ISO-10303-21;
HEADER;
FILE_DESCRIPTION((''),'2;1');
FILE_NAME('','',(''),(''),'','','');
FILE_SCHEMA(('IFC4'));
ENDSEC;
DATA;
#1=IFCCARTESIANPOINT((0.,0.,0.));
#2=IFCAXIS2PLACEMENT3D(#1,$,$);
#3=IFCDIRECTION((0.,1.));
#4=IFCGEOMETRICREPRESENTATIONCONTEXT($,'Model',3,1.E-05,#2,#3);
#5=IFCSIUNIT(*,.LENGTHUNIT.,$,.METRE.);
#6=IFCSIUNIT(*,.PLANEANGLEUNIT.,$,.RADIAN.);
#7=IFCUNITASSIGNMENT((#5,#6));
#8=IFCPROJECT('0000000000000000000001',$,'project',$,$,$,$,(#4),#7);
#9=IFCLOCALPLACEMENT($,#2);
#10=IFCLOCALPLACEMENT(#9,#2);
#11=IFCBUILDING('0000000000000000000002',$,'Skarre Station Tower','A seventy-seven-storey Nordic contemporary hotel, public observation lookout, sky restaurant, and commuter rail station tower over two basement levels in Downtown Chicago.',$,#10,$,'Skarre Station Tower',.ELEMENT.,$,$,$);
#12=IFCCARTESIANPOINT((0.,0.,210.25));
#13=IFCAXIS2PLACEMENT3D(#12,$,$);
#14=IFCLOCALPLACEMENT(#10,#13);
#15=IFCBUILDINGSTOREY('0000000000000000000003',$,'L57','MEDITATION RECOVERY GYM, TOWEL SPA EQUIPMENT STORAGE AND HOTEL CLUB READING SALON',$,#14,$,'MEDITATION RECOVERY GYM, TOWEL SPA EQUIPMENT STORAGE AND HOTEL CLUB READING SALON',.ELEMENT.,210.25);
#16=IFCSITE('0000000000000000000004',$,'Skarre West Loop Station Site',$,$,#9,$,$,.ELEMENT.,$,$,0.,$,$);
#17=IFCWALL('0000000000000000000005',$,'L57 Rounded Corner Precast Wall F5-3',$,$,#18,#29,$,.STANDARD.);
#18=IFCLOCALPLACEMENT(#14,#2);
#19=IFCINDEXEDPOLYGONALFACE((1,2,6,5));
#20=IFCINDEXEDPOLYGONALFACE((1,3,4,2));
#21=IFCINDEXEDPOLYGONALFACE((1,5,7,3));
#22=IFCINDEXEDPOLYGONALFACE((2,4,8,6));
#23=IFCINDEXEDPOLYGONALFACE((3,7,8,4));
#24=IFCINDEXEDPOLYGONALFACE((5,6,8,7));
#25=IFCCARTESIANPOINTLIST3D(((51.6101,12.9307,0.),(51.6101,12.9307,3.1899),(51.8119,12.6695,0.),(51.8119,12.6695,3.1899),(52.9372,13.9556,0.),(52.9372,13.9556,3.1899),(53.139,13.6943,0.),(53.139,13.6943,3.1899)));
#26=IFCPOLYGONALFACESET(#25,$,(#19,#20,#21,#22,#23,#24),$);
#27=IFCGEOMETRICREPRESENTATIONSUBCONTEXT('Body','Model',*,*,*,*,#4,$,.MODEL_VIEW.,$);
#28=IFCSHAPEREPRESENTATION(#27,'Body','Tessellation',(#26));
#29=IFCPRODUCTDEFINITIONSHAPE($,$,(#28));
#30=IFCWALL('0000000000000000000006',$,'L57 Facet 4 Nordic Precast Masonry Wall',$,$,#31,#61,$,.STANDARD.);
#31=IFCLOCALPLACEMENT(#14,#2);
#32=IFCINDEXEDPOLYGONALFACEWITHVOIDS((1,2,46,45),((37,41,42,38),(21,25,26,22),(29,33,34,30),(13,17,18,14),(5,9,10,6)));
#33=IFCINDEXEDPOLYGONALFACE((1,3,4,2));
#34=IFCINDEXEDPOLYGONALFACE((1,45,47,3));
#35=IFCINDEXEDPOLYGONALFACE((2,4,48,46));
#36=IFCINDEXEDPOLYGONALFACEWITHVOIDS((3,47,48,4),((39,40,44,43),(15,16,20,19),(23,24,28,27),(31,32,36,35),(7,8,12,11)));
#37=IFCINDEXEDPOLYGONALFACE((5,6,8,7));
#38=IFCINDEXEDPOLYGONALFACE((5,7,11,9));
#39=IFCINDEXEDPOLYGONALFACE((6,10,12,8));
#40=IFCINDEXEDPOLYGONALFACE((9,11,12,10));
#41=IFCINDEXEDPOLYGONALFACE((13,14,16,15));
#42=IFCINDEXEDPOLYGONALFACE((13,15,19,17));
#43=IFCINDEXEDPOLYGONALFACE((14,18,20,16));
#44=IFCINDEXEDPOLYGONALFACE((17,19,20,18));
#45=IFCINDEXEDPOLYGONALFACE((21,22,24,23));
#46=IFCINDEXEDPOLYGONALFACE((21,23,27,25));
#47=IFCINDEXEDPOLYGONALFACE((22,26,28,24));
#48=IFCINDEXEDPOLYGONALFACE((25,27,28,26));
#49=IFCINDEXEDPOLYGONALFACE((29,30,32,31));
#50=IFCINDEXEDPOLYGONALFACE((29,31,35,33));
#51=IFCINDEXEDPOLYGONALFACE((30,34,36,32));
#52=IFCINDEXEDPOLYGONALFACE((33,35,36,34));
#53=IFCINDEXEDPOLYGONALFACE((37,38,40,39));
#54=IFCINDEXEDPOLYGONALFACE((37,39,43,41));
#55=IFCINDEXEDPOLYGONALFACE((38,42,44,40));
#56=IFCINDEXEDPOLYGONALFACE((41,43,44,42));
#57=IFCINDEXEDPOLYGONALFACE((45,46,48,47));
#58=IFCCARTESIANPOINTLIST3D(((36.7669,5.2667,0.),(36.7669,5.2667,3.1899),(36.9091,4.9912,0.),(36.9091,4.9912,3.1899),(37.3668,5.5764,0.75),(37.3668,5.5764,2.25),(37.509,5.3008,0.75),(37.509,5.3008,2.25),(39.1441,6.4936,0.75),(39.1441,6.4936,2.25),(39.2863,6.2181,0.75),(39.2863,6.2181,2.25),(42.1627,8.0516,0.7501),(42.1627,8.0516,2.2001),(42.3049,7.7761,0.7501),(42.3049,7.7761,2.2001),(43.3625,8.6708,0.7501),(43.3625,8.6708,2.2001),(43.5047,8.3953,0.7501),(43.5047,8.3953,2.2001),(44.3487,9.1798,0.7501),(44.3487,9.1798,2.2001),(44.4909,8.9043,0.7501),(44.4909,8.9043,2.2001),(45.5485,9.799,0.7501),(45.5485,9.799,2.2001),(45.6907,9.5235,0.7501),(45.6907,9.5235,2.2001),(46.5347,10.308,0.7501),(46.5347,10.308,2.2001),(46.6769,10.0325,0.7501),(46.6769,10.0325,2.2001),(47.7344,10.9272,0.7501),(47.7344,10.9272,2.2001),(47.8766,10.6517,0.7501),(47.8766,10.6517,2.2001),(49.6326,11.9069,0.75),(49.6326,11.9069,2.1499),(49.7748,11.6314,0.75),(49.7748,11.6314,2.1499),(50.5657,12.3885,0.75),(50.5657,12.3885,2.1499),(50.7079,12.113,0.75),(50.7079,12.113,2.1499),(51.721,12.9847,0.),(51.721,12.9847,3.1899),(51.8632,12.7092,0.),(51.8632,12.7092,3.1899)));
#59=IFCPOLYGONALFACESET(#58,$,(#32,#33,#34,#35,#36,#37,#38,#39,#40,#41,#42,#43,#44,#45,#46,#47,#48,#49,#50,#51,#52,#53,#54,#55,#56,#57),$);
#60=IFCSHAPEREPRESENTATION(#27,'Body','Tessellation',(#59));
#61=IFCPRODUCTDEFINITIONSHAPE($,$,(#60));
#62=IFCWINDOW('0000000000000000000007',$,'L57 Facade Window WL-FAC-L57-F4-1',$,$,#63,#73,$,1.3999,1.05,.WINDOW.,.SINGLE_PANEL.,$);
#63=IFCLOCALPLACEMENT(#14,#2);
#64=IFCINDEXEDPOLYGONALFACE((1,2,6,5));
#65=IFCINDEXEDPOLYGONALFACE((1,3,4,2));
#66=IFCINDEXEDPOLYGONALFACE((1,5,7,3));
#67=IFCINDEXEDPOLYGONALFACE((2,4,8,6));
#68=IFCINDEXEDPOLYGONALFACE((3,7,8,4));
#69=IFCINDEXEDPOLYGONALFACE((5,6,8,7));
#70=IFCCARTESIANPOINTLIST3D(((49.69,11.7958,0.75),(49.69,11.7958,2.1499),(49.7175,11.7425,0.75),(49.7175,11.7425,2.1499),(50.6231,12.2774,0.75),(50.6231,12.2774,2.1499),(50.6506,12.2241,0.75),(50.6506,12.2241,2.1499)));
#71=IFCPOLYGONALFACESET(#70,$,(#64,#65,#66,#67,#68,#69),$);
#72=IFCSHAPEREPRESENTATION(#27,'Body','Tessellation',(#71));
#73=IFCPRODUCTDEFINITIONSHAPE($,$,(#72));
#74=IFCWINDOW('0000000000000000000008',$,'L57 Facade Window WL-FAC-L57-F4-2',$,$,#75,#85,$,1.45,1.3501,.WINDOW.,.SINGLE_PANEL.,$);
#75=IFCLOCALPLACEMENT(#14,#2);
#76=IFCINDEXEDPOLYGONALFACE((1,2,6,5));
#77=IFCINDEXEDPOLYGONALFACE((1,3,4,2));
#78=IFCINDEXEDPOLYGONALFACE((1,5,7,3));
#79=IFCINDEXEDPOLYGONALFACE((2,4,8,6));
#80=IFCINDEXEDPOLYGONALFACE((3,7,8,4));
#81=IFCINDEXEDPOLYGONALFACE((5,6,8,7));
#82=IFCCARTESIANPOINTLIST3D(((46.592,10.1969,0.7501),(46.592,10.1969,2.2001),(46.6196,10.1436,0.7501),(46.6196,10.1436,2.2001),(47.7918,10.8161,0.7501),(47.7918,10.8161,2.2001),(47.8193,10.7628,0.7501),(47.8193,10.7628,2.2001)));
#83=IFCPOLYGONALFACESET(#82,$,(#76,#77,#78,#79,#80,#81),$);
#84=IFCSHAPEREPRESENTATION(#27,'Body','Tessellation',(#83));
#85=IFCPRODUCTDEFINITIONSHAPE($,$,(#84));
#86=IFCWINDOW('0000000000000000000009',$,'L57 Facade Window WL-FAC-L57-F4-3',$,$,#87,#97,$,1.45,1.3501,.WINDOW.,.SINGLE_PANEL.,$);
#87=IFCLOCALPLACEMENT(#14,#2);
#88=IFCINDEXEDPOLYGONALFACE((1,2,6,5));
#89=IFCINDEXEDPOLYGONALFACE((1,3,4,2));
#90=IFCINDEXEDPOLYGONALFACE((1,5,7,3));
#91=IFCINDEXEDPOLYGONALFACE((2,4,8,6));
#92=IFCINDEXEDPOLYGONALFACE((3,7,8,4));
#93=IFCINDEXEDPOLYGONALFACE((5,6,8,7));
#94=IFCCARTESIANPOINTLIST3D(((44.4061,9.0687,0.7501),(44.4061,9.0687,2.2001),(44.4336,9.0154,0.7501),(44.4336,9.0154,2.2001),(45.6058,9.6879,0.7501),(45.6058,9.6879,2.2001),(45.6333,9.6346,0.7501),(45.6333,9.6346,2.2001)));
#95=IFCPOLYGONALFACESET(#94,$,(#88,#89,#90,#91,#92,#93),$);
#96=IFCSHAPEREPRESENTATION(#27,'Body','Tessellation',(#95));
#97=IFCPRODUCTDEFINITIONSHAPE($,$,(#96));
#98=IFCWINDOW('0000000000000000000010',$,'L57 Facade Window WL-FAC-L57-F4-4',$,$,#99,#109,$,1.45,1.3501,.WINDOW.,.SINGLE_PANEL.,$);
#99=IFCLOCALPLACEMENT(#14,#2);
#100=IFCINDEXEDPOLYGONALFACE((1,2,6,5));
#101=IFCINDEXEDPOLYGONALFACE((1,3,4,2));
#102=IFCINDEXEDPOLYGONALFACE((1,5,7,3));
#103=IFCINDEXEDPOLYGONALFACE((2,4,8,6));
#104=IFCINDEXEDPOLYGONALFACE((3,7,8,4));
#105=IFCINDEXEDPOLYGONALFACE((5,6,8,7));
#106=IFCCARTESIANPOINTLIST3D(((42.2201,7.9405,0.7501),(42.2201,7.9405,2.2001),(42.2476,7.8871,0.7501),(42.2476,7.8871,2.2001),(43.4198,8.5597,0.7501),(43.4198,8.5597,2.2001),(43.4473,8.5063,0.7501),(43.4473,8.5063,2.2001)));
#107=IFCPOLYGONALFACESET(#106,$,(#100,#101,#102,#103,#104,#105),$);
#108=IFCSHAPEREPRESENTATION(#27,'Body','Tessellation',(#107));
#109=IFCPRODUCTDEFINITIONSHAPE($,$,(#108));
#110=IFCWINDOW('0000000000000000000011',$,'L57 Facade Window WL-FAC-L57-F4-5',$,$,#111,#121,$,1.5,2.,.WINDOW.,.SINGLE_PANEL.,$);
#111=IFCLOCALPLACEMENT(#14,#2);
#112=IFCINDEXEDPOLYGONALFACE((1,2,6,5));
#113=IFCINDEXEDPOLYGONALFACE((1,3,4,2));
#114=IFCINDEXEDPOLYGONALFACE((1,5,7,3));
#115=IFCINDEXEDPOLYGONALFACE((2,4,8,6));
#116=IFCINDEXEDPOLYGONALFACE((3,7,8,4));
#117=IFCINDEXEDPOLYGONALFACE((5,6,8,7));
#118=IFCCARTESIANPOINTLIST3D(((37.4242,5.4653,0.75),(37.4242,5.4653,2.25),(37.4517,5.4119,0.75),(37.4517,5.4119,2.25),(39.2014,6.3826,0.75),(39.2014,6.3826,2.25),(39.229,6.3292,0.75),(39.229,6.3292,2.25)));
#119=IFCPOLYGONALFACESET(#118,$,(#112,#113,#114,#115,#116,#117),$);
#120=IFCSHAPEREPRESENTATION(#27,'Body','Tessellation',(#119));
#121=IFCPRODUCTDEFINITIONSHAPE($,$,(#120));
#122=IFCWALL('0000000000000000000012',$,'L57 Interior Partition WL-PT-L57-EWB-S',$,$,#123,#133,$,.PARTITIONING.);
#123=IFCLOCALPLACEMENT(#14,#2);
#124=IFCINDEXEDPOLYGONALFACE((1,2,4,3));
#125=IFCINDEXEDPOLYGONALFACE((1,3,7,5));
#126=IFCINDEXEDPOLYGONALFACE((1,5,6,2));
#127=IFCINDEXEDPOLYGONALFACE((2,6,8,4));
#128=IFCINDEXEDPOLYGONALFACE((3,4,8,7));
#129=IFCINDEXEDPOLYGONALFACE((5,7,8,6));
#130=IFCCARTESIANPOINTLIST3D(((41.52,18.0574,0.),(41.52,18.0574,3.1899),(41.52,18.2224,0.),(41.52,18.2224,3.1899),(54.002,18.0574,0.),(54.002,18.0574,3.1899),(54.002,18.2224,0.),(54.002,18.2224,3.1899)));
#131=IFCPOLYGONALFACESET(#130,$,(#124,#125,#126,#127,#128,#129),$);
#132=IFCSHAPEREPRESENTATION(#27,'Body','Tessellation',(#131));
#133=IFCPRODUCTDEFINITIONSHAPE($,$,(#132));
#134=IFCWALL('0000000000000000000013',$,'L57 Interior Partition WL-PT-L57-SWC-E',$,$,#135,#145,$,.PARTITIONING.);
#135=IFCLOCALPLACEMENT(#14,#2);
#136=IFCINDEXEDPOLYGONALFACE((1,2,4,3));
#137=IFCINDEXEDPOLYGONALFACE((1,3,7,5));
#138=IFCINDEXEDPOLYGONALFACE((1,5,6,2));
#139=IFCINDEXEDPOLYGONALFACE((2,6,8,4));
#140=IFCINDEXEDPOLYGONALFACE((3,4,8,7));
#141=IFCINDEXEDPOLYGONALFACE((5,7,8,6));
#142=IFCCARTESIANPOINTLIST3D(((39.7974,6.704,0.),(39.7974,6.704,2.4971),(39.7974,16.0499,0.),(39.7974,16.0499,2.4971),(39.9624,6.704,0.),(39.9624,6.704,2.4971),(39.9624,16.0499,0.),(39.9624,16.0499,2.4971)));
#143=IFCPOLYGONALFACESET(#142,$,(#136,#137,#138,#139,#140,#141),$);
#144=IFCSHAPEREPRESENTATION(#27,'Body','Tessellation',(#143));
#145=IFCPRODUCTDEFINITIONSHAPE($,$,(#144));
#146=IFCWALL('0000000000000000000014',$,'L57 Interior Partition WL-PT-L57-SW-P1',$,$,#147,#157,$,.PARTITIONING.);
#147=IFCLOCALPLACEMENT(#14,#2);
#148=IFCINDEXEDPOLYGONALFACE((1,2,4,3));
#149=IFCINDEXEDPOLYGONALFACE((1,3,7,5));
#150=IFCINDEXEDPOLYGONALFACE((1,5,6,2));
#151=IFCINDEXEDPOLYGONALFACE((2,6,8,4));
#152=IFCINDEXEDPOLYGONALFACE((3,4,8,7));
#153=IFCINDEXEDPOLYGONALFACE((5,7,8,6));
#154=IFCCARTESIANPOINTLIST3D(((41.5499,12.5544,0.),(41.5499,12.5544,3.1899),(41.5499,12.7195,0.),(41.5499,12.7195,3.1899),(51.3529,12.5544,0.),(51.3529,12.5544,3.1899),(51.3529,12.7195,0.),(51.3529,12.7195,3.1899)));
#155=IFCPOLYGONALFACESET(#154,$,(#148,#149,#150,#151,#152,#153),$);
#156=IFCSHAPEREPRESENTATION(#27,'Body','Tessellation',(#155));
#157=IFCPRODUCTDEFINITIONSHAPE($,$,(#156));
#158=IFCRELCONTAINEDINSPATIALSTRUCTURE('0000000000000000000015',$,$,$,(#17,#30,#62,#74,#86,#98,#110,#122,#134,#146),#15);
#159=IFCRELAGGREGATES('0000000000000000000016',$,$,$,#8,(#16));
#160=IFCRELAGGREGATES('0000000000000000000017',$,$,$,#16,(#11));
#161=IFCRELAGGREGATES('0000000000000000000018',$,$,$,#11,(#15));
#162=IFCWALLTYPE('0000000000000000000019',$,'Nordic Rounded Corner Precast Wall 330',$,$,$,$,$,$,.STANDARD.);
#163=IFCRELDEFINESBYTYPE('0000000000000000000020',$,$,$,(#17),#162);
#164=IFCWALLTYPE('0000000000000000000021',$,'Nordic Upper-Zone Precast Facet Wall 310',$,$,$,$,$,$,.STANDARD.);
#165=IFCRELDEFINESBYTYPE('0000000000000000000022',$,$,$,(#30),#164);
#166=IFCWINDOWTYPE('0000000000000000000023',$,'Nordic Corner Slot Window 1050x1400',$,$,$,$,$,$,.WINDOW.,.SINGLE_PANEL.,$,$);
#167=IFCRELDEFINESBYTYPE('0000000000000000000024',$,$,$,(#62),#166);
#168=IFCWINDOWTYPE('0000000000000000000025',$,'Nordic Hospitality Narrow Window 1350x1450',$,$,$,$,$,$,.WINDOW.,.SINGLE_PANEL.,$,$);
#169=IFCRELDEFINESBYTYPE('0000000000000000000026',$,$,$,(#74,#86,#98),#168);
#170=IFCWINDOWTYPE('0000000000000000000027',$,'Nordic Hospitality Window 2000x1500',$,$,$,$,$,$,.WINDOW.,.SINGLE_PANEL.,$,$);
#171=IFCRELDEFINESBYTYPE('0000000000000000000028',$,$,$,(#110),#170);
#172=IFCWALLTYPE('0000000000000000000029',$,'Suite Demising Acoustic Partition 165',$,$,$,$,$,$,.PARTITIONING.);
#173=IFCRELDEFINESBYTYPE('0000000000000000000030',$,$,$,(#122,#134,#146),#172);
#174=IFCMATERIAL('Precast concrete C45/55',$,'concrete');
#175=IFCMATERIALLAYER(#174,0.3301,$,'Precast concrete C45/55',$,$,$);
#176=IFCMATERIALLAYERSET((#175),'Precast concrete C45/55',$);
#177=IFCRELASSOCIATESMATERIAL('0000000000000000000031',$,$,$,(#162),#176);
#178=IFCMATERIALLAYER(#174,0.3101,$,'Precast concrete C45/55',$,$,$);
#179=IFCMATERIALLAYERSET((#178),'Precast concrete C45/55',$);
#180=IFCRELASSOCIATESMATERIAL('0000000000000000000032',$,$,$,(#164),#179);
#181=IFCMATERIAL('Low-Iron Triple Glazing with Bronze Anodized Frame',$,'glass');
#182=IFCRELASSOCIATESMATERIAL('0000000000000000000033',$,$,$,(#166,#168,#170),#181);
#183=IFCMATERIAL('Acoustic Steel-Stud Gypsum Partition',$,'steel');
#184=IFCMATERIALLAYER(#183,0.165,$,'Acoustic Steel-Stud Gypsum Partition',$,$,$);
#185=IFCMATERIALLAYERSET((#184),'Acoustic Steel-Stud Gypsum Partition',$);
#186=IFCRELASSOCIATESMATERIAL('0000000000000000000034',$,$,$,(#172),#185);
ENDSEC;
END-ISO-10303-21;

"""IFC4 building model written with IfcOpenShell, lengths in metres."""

from ifc_helpers import new_model, si_unit, direction, frame, frame_2d, origin, place, context, subcontext, project, spatial, rectangle, extrude, material, layer, layer_set, type_object, element, fill, save


model = new_model("IFC4")

# Units and contexts
model_context = context("Model", 3, precision=1e-05, world=origin(), true_north=direction((0.0, 1.0)))
body_context = subcontext(model_context, "Body", "Model", "MODEL_VIEW")
ifc_project = project(units=[si_unit("LENGTHUNIT", "METRE"), si_unit("PLANEANGLEUNIT", "RADIAN")], contexts=[model_context])

# Site, building, storey
site_placement = place(None, origin())
site = spatial("IfcSite", under=ifc_project, at=site_placement, Name="Skarre West Loop Station Site", CompositionType="ELEMENT", RefElevation=0.0)
building_placement = place(site_placement, origin())
building = spatial("IfcBuilding", under=site, at=building_placement, Name="Skarre Station Tower", Description="A seventy-seven-storey Nordic contemporary hotel, public observation lookout, sky restaurant, and commuter rail station tower over two basement levels in Downtown Chicago.", LongName="Skarre Station Tower", CompositionType="ELEMENT")
storey_placement = place(building_placement, frame((0.0, 0.0, 210.25)))
storey = spatial("IfcBuildingStorey", under=building, at=storey_placement, Name="L57", Description="MEDITATION RECOVERY GYM, TOWEL SPA EQUIPMENT STORAGE AND HOTEL CLUB READING SALON", LongName="MEDITATION RECOVERY GYM, TOWEL SPA EQUIPMENT STORAGE AND HOTEL CLUB READING SALON", CompositionType="ELEMENT", Elevation=210.25)

# Shared definitions
ifc_material_1 = material(Name="Acoustic Steel-Stud Gypsum Partition", Category="steel")

# Wall
ifc_material_2 = material(Name="Precast concrete C45/55", Category="concrete")
ifc_layer_1 = layer(ifc_material_2, 0.3301, Name="Precast concrete C45/55")
ifc_layer_set_1 = layer_set([ifc_layer_1], Name="Precast concrete C45/55")
wall_type_1 = type_object("IfcWallType", Name="Nordic Rounded Corner Precast Wall 330", PredefinedType="STANDARD", material=ifc_layer_set_1)
wall_1_placement = place(storey_placement, frame((53.0381, 13.825, 0.0), z_axis=(0.0, 0.0, 1.0), x_axis=(-0.791464, -0.611215, 0.0)))
element("IfcWall", 1, at=wall_1_placement, inside=storey, type_object=wall_type_1, Name="L57 Rounded Corner Precast Wall F5-3", PredefinedType="STANDARD", context=body_context, shape_type="SweptSolid", body=[
    extrude(rectangle(XDim=1.6768, YDim=0.3301, at=frame_2d((0.8384, 0.0))), origin(), (0.0, 0.0, 1.0), 3.1899),
])

# Wall, openings, windows
ifc_layer_2 = layer(ifc_material_2, 0.3101, Name="Precast concrete C45/55")
ifc_layer_set_2 = layer_set([ifc_layer_2], Name="Precast concrete C45/55")
wall_type_2 = type_object("IfcWallType", Name="Nordic Upper-Zone Precast Facet Wall 310", PredefinedType="STANDARD", material=ifc_layer_set_2)
wall_2_placement = place(storey_placement, frame((51.792, 12.8469, 0.0), z_axis=(0.0, 0.0, 1.0), x_axis=(-0.888626, -0.458632, 0.0)))
wall_2 = element("IfcWall", 2, at=wall_2_placement, inside=storey, type_object=wall_type_2, Name="L57 Facet 4 Nordic Precast Masonry Wall", PredefinedType="STANDARD", context=body_context, shape_type="SweptSolid", body=[
    extrude(rectangle(XDim=16.8284, YDim=0.3101, at=frame_2d((8.4141, 0.0))), origin(), (0.0, 0.0, 1.0), 3.1899),
])
opening_1_placement = place(wall_2_placement, frame((1.3, 0.0, 0.75)))
opening_1 = element("IfcOpeningElement", 3, at=opening_1_placement, cuts=wall_2, PredefinedType="OPENING", context=body_context, shape_type="SweptSolid", body=[
    extrude(rectangle(XDim=1.05, YDim=1.3999, at=frame_2d((0.5249, 0.7))), frame((0.0, 0.165, 0.0), z_axis=(0.0, -1.0, 0.0), x_axis=(1.0, 0.0, 0.0)), (0.0, 0.0, 1.0), 0.3301),
])
opening_2_placement = place(wall_2_placement, frame((4.4861, 0.0, 0.75)))
opening_2 = element("IfcOpeningElement", 4, at=opening_2_placement, cuts=wall_2, PredefinedType="OPENING", context=body_context, shape_type="SweptSolid", body=[
    extrude(rectangle(XDim=1.3501, YDim=1.45, at=frame_2d((0.675, 0.7251))), frame((0.0, 0.165, 0.0), z_axis=(0.0, -1.0, 0.0), x_axis=(1.0, 0.0, 0.0)), (0.0, 0.0, 1.0), 0.3301),
])
opening_3_placement = place(wall_2_placement, frame((6.946, 0.0, 0.75)))
opening_3 = element("IfcOpeningElement", 5, at=opening_3_placement, cuts=wall_2, PredefinedType="OPENING", context=body_context, shape_type="SweptSolid", body=[
    extrude(rectangle(XDim=1.3501, YDim=1.45, at=frame_2d((0.675, 0.7251))), frame((0.0, 0.165, 0.0), z_axis=(0.0, -1.0, 0.0), x_axis=(1.0, 0.0, 0.0)), (0.0, 0.0, 1.0), 0.3301),
])
opening_4_placement = place(wall_2_placement, frame((9.406, 0.0, 0.75)))
opening_4 = element("IfcOpeningElement", 6, at=opening_4_placement, cuts=wall_2, PredefinedType="OPENING", context=body_context, shape_type="SweptSolid", body=[
    extrude(rectangle(XDim=1.3501, YDim=1.45, at=frame_2d((0.675, 0.7251))), frame((0.0, 0.165, 0.0), z_axis=(0.0, -1.0, 0.0), x_axis=(1.0, 0.0, 0.0)), (0.0, 0.0, 1.0), 0.3301),
])
opening_5_placement = place(wall_2_placement, frame((14.1531, 0.0, 0.75)))
opening_5 = element("IfcOpeningElement", 7, at=opening_5_placement, cuts=wall_2, PredefinedType="OPENING", context=body_context, shape_type="SweptSolid", body=[
    extrude(rectangle(XDim=2.0, YDim=1.5, at=frame_2d((1.0, 0.75))), frame((0.0, 0.165, 0.0), z_axis=(0.0, -1.0, 0.0), x_axis=(1.0, 0.0, 0.0)), (0.0, 0.0, 1.0), 0.3301),
])
ifc_material_3 = material(Name="Low-Iron Triple Glazing with Bronze Anodized Frame", Category="glass")
window_type_1 = type_object("IfcWindowType", Name="Nordic Corner Slot Window 1050x1400", PartitioningType="SINGLE_PANEL", PredefinedType="WINDOW", material=ifc_material_3)
window_1_placement = place(opening_1_placement, origin())
window_1 = element("IfcWindow", 8, at=window_1_placement, inside=storey, type_object=window_type_1, Name="L57 Facade Window WL-FAC-L57-F4-1", OverallHeight=1.3999, OverallWidth=1.05, PartitioningType="SINGLE_PANEL", PredefinedType="WINDOW", context=body_context, shape_type="SweptSolid", body=[
    extrude(rectangle(XDim=1.05, YDim=1.3999, at=frame_2d((0.5249, 0.7))), frame((0.0, 0.03, 0.0), z_axis=(0.0, -1.0, 0.0), x_axis=(1.0, 0.0, 0.0)), (0.0, 0.0, 1.0), 0.0601),
])
fill(opening_1, window_1)
window_type_2 = type_object("IfcWindowType", Name="Nordic Hospitality Narrow Window 1350x1450", PartitioningType="SINGLE_PANEL", PredefinedType="WINDOW", material=ifc_material_3)
window_2_placement = place(opening_2_placement, origin())
window_2 = element("IfcWindow", 9, at=window_2_placement, inside=storey, type_object=window_type_2, Name="L57 Facade Window WL-FAC-L57-F4-2", OverallHeight=1.45, OverallWidth=1.3501, PartitioningType="SINGLE_PANEL", PredefinedType="WINDOW", context=body_context, shape_type="SweptSolid", body=[
    extrude(rectangle(XDim=1.3501, YDim=1.45, at=frame_2d((0.675, 0.7251))), frame((0.0, 0.03, 0.0), z_axis=(0.0, -1.0, 0.0), x_axis=(1.0, 0.0, 0.0)), (0.0, 0.0, 1.0), 0.0601),
])
fill(opening_2, window_2)
window_3_placement = place(opening_3_placement, origin())
window_3 = element("IfcWindow", 10, at=window_3_placement, inside=storey, type_object=window_type_2, Name="L57 Facade Window WL-FAC-L57-F4-3", OverallHeight=1.45, OverallWidth=1.3501, PartitioningType="SINGLE_PANEL", PredefinedType="WINDOW", context=body_context, shape_type="SweptSolid", body=[
    extrude(rectangle(XDim=1.3501, YDim=1.45, at=frame_2d((0.675, 0.7251))), frame((0.0, 0.03, 0.0), z_axis=(0.0, -1.0, 0.0), x_axis=(1.0, 0.0, 0.0)), (0.0, 0.0, 1.0), 0.0601),
])
fill(opening_3, window_3)
window_4_placement = place(opening_4_placement, origin())
window_4 = element("IfcWindow", 11, at=window_4_placement, inside=storey, type_object=window_type_2, Name="L57 Facade Window WL-FAC-L57-F4-4", OverallHeight=1.45, OverallWidth=1.3501, PartitioningType="SINGLE_PANEL", PredefinedType="WINDOW", context=body_context, shape_type="SweptSolid", body=[
    extrude(rectangle(XDim=1.3501, YDim=1.45, at=frame_2d((0.675, 0.7251))), frame((0.0, 0.03, 0.0), z_axis=(0.0, -1.0, 0.0), x_axis=(1.0, 0.0, 0.0)), (0.0, 0.0, 1.0), 0.0601),
])
fill(opening_4, window_4)
window_type_3 = type_object("IfcWindowType", Name="Nordic Hospitality Window 2000x1500", PartitioningType="SINGLE_PANEL", PredefinedType="WINDOW", material=ifc_material_3)
window_5_placement = place(opening_5_placement, origin())
window_5 = element("IfcWindow", 12, at=window_5_placement, inside=storey, type_object=window_type_3, Name="L57 Facade Window WL-FAC-L57-F4-5", OverallHeight=1.5, OverallWidth=2.0, PartitioningType="SINGLE_PANEL", PredefinedType="WINDOW", context=body_context, shape_type="SweptSolid", body=[
    extrude(rectangle(XDim=2.0, YDim=1.5, at=frame_2d((1.0, 0.75))), frame((0.0, 0.03, 0.0), z_axis=(0.0, -1.0, 0.0), x_axis=(1.0, 0.0, 0.0)), (0.0, 0.0, 1.0), 0.0601),
])
fill(opening_5, window_5)

# Walls
ifc_layer_3 = layer(ifc_material_1, 0.165, Name="Acoustic Steel-Stud Gypsum Partition")
ifc_layer_set_3 = layer_set([ifc_layer_3], Name="Acoustic Steel-Stud Gypsum Partition")
wall_type_3 = type_object("IfcWallType", Name="Suite Demising Acoustic Partition 165", PredefinedType="PARTITIONING", material=ifc_layer_set_3)
wall_3_placement = place(storey_placement, frame((41.52, 18.1399, 0.0), z_axis=(0.0, 0.0, 1.0), x_axis=(1.0, 0.0, 0.0)))
element("IfcWall", 13, at=wall_3_placement, inside=storey, type_object=wall_type_3, Name="L57 Interior Partition WL-PT-L57-EWB-S", PredefinedType="PARTITIONING", context=body_context, shape_type="SweptSolid", body=[
    extrude(rectangle(XDim=12.4819, YDim=0.165, at=frame_2d((6.241, 0.0))), origin(), (0.0, 0.0, 1.0), 3.1899),
])
wall_4_placement = place(storey_placement, frame((39.8799, 6.7041, 0.0), z_axis=(0.0, 0.0, 1.0), x_axis=(0.0, 1.0, 0.0)))
element("IfcWall", 14, at=wall_4_placement, inside=storey, type_object=wall_type_3, Name="L57 Interior Partition WL-PT-L57-SWC-E", PredefinedType="PARTITIONING", context=body_context, shape_type="SweptSolid", body=[
    extrude(rectangle(XDim=9.3459, YDim=0.165, at=frame_2d((4.6729, 0.0))), origin(), (0.0, 0.0, 1.0), 2.4971),
])
wall_5_placement = place(storey_placement, frame((41.55, 12.637, 0.0), z_axis=(0.0, 0.0, 1.0), x_axis=(1.0, 0.0, 0.0)))
element("IfcWall", 15, at=wall_5_placement, inside=storey, type_object=wall_type_3, Name="L57 Interior Partition WL-PT-L57-SW-P1", PredefinedType="PARTITIONING", context=body_context, shape_type="SweptSolid", body=[
    extrude(rectangle(XDim=9.803, YDim=0.165, at=frame_2d((4.9014, 0.0))), origin(), (0.0, 0.0, 1.0), 3.1899),
])

save(model, "model.ifc")
